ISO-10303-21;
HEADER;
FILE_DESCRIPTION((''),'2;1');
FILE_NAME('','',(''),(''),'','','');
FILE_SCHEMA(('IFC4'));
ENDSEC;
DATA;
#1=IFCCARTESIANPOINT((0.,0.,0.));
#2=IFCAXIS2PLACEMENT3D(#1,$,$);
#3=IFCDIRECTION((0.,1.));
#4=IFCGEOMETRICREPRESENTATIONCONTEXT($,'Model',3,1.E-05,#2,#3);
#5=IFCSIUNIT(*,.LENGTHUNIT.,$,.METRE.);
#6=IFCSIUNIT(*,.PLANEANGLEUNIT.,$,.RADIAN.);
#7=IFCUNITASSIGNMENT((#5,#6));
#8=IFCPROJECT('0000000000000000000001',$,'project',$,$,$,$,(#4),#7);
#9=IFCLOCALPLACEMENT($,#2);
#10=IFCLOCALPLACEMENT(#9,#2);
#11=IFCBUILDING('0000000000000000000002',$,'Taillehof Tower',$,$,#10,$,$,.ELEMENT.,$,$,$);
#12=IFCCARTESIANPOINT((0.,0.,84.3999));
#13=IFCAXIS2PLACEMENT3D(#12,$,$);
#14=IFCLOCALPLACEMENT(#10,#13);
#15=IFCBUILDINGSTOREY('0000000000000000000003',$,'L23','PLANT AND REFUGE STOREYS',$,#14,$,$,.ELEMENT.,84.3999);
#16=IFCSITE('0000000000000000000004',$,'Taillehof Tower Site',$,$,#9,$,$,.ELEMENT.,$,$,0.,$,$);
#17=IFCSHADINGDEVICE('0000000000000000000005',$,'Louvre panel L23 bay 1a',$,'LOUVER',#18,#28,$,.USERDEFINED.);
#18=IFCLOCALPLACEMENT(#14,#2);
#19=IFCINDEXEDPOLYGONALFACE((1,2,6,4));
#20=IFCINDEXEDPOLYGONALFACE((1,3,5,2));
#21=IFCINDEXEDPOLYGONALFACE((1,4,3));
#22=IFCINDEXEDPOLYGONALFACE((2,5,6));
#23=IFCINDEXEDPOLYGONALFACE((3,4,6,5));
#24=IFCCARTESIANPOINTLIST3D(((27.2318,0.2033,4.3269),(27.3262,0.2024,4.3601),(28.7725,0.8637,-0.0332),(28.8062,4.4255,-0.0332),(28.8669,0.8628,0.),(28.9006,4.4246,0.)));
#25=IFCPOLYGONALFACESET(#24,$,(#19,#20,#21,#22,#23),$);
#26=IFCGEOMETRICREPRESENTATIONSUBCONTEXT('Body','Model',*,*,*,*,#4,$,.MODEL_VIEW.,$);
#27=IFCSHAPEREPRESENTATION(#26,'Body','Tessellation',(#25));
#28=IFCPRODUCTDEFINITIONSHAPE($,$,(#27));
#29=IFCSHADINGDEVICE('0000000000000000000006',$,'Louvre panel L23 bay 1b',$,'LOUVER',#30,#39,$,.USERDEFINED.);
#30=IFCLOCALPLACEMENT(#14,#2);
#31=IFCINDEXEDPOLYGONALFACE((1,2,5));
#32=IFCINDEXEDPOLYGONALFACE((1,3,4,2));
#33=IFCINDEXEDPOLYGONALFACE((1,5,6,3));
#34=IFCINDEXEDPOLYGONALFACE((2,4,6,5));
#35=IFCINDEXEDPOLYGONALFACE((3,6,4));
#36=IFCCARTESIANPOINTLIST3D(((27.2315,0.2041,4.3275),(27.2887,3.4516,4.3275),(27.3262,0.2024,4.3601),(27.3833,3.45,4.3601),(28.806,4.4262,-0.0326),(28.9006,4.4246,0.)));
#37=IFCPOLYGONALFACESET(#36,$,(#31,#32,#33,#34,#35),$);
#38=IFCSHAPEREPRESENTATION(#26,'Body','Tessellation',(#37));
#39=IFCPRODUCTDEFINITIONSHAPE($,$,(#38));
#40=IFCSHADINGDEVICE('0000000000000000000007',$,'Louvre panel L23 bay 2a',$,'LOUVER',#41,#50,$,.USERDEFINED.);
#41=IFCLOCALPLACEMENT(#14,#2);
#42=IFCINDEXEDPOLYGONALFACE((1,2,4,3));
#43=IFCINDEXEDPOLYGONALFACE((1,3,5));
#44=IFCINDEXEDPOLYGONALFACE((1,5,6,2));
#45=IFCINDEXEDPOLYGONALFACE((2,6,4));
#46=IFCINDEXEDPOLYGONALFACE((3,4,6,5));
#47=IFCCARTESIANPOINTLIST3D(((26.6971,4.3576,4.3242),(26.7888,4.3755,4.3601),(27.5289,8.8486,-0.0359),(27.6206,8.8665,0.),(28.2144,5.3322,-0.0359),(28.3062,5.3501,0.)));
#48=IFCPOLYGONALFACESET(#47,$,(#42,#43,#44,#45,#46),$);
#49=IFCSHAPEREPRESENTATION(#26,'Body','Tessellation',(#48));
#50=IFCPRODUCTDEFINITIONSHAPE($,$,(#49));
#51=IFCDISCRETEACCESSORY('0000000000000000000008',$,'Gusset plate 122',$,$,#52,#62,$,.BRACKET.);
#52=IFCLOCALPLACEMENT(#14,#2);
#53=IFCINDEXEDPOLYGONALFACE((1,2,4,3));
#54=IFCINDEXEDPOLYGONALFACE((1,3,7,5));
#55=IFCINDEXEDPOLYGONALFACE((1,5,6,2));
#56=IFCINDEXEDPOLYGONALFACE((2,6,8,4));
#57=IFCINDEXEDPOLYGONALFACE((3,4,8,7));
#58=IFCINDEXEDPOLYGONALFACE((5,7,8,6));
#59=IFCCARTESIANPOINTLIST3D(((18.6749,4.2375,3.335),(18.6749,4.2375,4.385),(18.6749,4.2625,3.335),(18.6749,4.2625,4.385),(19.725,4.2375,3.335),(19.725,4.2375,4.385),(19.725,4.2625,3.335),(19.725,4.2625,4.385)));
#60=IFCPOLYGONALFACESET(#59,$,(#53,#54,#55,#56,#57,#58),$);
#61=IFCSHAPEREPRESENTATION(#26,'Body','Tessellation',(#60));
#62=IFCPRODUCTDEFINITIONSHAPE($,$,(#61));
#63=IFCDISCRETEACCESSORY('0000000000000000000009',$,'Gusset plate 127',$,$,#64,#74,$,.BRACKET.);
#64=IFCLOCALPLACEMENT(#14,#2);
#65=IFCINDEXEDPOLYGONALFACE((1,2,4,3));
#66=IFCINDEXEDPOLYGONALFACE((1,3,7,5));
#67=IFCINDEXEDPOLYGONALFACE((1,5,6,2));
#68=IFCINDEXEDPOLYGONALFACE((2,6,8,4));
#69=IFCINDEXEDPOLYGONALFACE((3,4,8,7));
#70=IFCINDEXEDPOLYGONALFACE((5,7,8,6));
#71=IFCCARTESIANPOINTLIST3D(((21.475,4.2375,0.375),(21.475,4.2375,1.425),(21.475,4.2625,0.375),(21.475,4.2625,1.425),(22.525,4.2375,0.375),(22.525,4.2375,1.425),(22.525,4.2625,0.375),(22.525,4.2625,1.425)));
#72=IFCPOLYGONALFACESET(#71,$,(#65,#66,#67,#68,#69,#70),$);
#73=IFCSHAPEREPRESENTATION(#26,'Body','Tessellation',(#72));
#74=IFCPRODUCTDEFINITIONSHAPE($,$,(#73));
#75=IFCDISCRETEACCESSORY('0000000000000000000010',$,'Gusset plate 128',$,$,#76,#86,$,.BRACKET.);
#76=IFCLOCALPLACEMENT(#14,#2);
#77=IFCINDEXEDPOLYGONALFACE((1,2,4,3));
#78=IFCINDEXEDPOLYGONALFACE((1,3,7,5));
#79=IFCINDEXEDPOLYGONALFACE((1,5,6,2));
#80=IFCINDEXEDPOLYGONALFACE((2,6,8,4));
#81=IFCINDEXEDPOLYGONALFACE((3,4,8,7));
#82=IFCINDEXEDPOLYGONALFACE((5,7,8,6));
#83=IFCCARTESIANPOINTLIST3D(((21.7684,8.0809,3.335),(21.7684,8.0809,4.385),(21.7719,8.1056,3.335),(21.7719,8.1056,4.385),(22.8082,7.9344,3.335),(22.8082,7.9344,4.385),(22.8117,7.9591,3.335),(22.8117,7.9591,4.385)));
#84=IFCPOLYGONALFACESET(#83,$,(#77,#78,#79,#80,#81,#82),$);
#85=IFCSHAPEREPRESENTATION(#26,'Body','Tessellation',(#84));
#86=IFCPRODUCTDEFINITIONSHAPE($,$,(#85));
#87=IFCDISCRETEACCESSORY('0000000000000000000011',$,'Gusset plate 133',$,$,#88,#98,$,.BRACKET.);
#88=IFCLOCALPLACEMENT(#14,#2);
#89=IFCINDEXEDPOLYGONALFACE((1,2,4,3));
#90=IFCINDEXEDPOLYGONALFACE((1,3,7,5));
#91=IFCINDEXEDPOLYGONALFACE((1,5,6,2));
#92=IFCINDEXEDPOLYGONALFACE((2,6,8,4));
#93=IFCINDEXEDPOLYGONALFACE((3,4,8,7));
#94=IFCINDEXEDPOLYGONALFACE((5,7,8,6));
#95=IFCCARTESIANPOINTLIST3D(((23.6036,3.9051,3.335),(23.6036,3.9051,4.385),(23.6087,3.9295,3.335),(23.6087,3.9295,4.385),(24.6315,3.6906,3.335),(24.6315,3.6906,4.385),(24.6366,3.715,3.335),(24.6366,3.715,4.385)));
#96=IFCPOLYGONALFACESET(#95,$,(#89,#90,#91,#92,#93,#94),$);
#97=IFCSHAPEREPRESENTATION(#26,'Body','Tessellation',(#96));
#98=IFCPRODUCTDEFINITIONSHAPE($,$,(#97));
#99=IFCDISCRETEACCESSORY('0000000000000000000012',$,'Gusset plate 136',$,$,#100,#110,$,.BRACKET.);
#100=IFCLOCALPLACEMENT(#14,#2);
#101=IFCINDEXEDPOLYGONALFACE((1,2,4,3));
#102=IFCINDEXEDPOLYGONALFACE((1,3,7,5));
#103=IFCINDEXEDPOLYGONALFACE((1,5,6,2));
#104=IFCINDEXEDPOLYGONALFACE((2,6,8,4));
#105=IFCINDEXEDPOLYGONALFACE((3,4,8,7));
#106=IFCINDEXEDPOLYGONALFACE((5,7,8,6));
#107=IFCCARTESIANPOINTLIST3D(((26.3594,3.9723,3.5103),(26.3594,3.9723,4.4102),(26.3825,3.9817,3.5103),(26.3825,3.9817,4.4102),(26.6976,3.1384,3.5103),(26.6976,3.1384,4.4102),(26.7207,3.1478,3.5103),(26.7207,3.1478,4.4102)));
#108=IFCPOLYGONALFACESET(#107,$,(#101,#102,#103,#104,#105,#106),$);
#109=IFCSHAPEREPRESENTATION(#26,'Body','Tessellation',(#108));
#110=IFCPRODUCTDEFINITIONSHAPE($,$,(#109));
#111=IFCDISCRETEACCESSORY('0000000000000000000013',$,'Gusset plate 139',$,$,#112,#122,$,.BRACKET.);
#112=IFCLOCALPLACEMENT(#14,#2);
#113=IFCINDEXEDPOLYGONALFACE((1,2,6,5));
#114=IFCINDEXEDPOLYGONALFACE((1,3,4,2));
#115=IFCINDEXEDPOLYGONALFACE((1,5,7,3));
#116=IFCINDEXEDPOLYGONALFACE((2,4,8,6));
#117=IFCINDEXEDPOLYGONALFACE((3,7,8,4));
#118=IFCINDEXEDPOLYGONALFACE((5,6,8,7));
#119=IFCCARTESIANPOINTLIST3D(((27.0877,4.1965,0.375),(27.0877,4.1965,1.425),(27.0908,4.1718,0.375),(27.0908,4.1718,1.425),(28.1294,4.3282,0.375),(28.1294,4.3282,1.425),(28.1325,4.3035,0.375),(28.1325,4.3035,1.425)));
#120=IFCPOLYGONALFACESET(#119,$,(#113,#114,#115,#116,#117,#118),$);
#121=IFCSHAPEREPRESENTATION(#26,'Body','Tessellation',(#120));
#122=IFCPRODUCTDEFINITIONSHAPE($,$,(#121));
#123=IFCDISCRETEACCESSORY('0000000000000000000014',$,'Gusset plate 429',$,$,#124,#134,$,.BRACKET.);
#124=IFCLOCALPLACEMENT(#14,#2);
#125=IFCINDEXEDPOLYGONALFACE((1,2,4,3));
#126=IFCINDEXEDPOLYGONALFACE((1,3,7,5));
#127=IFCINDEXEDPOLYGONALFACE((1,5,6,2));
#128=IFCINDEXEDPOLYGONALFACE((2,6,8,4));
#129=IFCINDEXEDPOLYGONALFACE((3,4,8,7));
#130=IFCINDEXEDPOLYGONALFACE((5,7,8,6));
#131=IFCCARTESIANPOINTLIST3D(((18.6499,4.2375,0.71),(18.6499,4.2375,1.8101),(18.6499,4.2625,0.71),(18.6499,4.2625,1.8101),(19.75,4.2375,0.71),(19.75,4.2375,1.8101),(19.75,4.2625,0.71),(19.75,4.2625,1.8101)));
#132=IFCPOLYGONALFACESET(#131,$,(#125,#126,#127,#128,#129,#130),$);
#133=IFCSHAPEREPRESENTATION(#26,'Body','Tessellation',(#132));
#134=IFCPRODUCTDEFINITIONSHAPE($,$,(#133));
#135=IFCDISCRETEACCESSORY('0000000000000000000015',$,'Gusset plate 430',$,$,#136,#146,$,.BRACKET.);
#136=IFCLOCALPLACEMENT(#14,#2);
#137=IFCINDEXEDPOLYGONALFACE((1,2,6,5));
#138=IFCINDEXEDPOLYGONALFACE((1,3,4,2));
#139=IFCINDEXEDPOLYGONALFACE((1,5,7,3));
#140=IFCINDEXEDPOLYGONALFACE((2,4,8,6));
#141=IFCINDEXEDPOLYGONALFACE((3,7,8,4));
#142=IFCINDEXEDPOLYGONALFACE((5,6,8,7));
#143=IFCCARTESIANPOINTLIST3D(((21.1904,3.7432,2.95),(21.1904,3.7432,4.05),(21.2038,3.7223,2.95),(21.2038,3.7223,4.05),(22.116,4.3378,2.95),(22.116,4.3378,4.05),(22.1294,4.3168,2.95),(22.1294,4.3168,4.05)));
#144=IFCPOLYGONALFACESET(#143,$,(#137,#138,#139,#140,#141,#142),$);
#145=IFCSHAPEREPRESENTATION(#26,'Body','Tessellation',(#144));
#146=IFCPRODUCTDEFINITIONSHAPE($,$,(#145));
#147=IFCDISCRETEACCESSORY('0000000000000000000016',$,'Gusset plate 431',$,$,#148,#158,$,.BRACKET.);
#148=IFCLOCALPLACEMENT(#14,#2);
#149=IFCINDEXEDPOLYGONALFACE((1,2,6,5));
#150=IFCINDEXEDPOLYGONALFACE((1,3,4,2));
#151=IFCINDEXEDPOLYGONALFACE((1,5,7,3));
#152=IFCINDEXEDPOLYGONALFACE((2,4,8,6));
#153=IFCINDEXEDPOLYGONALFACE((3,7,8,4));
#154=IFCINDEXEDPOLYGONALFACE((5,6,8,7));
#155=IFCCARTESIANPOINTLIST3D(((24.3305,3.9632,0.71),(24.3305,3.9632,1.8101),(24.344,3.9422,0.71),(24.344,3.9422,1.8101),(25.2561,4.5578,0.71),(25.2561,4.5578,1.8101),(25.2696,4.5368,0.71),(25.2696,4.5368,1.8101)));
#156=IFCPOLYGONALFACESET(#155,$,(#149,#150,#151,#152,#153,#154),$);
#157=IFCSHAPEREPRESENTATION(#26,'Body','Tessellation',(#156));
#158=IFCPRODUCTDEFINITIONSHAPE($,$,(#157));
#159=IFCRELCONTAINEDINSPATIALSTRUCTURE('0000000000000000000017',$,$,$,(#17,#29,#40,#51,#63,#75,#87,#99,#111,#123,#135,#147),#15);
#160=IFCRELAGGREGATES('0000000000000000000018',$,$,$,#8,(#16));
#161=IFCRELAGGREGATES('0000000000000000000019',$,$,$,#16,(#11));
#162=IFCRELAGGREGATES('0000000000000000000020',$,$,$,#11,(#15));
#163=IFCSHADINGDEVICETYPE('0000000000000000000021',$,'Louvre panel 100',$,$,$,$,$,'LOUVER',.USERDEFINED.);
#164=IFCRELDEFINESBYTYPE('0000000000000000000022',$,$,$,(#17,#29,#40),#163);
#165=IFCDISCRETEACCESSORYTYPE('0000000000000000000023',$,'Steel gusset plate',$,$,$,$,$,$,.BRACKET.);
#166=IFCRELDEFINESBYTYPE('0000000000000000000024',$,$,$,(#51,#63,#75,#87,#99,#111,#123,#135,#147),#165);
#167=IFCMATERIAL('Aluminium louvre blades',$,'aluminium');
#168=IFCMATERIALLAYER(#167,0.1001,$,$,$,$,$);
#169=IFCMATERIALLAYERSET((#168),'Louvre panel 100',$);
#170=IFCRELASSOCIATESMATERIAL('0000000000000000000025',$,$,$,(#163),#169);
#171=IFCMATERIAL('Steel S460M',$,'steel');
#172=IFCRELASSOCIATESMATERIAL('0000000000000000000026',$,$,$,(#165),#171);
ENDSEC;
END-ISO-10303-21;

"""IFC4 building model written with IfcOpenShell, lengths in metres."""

from ifc_helpers import new_model, si_unit, direction, frame, origin, origin_2d, place, context, subcontext, project, spatial, polyline, rectangle, outline, extrude, material, layer, layer_set, type_object, element, save


model = new_model("IFC4")

# Units and contexts
model_context = context("Model", 3, precision=1e-05, world=origin(), true_north=direction((0.0, 1.0)))
body_context = subcontext(model_context, "Body", "Model", "MODEL_VIEW")
ifc_project = project(units=[si_unit("LENGTHUNIT", "METRE"), si_unit("PLANEANGLEUNIT", "RADIAN")], contexts=[model_context])

# Site, building, storey
site_placement = place(None, origin())
site = spatial("IfcSite", under=ifc_project, at=site_placement, Name="Taillehof Tower Site", CompositionType="ELEMENT", RefElevation=0.0)
building_placement = place(site_placement, origin())
building = spatial("IfcBuilding", under=site, at=building_placement, Name="Taillehof Tower", CompositionType="ELEMENT")
storey_placement = place(building_placement, frame((0.0, 0.0, 84.3999)))
storey = spatial("IfcBuildingStorey", under=building, at=storey_placement, Name="L23", Description="PLANT AND REFUGE STOREYS", CompositionType="ELEMENT", Elevation=84.3999)

# Shading devices
ifc_material_1 = material(Name="Aluminium louvre blades", Category="aluminium")
ifc_layer_1 = layer(ifc_material_1, 0.1001)
ifc_layer_set_1 = layer_set([ifc_layer_1], Name="Louvre panel 100")
shading_device_type = type_object("IfcShadingDeviceType", Name="Louvre panel 100", ElementType="LOUVER", PredefinedType="USERDEFINED", material=ifc_layer_set_1)
shading_device_1_placement = place(storey_placement, frame((28.8669, 0.8628, 0.0), z_axis=(0.943247, -0.008922, 0.331972), x_axis=(0.009459, 0.999955, 0.0)))
element("IfcShadingDevice", 1, at=shading_device_1_placement, inside=storey, type_object=shading_device_type, Name="Louvre panel L23 bay 1a", ObjectType="LOUVER", PredefinedType="USERDEFINED", context=body_context, shape_type="SweptSolid", body=[
    extrude(outline(polyline([(0.0, 0.0), (3.5619, 0.0), (-0.6749, 4.6222), (0.0, 0.0)])), origin(), (0.0, 0.0, -1.0), 0.1001),
])
shading_device_2_placement = place(storey_placement, frame((28.9006, 4.4246, 0.0), z_axis=(0.945462, -0.016632, 0.325307), x_axis=(-0.321582, -0.206558, 0.924077)))
element("IfcShadingDevice", 2, at=shading_device_2_placement, inside=storey, type_object=shading_device_type, Name="Louvre panel L23 bay 1b", ObjectType="LOUVER", PredefinedType="USERDEFINED", context=body_context, shape_type="SweptSolid", body=[
    extrude(outline(polyline([(0.0, 0.0), (4.7183, 0.0), (5.4075, 3.1741), (0.0, 0.0)])), origin(), (0.0, 0.0, -1.0), 0.1001),
])
shading_device_3_placement = place(storey_placement, frame((28.3062, 5.3501, 0.0), z_axis=(0.91618, 0.178618, 0.358761), x_axis=(-0.191357, 0.981521, 0.0)))
element("IfcShadingDevice", 3, at=shading_device_3_placement, inside=storey, type_object=shading_device_type, Name="Louvre panel L23 bay 2a", ObjectType="LOUVER", PredefinedType="USERDEFINED", context=body_context, shape_type="SweptSolid", body=[
    extrude(outline(polyline([(0.0, 0.0), (3.5826, 0.0), (-0.6662, 4.6711), (0.0, 0.0)])), origin(), (0.0, 0.0, -1.0), 0.1001),
])

# Discrete accessories
ifc_material_2 = material(Name="Steel S460M", Category="steel")
discrete_accessory_type = type_object("IfcDiscreteAccessoryType", Name="Steel gusset plate", PredefinedType="BRACKET", material=ifc_material_2)
for number, where, z_axis, x_axis, name in (
    (4, (19.2, 4.25, 3.335), (0.0, 0.0, 1.0), (1.0, 0.0, 0.0), "Gusset plate 122"),
    (5, (22.0, 4.25, 0.375), (0.0, 0.0, 1.0), (1.0, 0.0, 0.0), "Gusset plate 127"),
    (6, (22.29, 8.02, 3.335), (0.0, 0.0, 1.0), (0.990221, -0.13951, 0.0), "Gusset plate 128"),
    (7, (24.1201, 3.8101, 3.335), (0.0, 0.0, 1.0), (0.978908, -0.204301, 0.0), "Gusset plate 133"),
):
    element("IfcDiscreteAccessory", number, at=place(storey_placement, frame(where, z_axis=z_axis, x_axis=x_axis)), inside=storey, type_object=discrete_accessory_type, Name=name, PredefinedType="BRACKET", context=body_context, shape_type="SweptSolid", body=[
        extrude(rectangle(XDim=1.05, YDim=0.0249, at=origin_2d()), origin(), (0.0, 0.0, 1.0), 1.05),
    ])
discrete_accessory_1_placement = place(storey_placement, frame((26.54, 3.5601, 3.5103), z_axis=(0.0, 0.0, 1.0), x_axis=(-0.375799, 0.926701, 0.0)))
element("IfcDiscreteAccessory", 8, at=discrete_accessory_1_placement, inside=storey, type_object=discrete_accessory_type, Name="Gusset plate 136", PredefinedType="BRACKET", context=body_context, shape_type="SweptSolid", body=[
    extrude(rectangle(XDim=0.8999, YDim=0.0249, at=origin_2d()), origin(), (0.0, 0.0, 1.0), 0.8999),
])
discrete_accessory_2_placement = place(storey_placement, frame((27.6101, 4.25, 0.375), z_axis=(0.0, 0.0, 1.0), x_axis=(0.992093, 0.125501, 0.0)))
element("IfcDiscreteAccessory", 9, at=discrete_accessory_2_placement, inside=storey, type_object=discrete_accessory_type, Name="Gusset plate 139", PredefinedType="BRACKET", context=body_context, shape_type="SweptSolid", body=[
    extrude(rectangle(XDim=1.05, YDim=0.0249, at=origin_2d()), origin(), (0.0, 0.0, 1.0), 1.05),
])
for number, where, z_axis, x_axis, name in (
    (10, (19.2, 4.25, 0.71), (0.0, 0.0, 1.0), (1.0, 0.0, 0.0), "Gusset plate 429"),
    (11, (21.6599, 4.03, 2.95), (0.0, 0.0, 1.0), (-0.841377, -0.540449, 0.0), "Gusset plate 430"),
    (12, (24.8, 4.25, 0.71), (0.0, 0.0, 1.0), (-0.841372, -0.540456, 0.0), "Gusset plate 431"),
):
    element("IfcDiscreteAccessory", number, at=place(storey_placement, frame(where, z_axis=z_axis, x_axis=x_axis)), inside=storey, type_object=discrete_accessory_type, Name=name, PredefinedType="BRACKET", context=body_context, shape_type="SweptSolid", body=[
        extrude(rectangle(XDim=1.1001, YDim=0.0249, at=origin_2d()), origin(), (0.0, 0.0, 1.0), 1.1001),
    ])

save(model, "model.ifc")
